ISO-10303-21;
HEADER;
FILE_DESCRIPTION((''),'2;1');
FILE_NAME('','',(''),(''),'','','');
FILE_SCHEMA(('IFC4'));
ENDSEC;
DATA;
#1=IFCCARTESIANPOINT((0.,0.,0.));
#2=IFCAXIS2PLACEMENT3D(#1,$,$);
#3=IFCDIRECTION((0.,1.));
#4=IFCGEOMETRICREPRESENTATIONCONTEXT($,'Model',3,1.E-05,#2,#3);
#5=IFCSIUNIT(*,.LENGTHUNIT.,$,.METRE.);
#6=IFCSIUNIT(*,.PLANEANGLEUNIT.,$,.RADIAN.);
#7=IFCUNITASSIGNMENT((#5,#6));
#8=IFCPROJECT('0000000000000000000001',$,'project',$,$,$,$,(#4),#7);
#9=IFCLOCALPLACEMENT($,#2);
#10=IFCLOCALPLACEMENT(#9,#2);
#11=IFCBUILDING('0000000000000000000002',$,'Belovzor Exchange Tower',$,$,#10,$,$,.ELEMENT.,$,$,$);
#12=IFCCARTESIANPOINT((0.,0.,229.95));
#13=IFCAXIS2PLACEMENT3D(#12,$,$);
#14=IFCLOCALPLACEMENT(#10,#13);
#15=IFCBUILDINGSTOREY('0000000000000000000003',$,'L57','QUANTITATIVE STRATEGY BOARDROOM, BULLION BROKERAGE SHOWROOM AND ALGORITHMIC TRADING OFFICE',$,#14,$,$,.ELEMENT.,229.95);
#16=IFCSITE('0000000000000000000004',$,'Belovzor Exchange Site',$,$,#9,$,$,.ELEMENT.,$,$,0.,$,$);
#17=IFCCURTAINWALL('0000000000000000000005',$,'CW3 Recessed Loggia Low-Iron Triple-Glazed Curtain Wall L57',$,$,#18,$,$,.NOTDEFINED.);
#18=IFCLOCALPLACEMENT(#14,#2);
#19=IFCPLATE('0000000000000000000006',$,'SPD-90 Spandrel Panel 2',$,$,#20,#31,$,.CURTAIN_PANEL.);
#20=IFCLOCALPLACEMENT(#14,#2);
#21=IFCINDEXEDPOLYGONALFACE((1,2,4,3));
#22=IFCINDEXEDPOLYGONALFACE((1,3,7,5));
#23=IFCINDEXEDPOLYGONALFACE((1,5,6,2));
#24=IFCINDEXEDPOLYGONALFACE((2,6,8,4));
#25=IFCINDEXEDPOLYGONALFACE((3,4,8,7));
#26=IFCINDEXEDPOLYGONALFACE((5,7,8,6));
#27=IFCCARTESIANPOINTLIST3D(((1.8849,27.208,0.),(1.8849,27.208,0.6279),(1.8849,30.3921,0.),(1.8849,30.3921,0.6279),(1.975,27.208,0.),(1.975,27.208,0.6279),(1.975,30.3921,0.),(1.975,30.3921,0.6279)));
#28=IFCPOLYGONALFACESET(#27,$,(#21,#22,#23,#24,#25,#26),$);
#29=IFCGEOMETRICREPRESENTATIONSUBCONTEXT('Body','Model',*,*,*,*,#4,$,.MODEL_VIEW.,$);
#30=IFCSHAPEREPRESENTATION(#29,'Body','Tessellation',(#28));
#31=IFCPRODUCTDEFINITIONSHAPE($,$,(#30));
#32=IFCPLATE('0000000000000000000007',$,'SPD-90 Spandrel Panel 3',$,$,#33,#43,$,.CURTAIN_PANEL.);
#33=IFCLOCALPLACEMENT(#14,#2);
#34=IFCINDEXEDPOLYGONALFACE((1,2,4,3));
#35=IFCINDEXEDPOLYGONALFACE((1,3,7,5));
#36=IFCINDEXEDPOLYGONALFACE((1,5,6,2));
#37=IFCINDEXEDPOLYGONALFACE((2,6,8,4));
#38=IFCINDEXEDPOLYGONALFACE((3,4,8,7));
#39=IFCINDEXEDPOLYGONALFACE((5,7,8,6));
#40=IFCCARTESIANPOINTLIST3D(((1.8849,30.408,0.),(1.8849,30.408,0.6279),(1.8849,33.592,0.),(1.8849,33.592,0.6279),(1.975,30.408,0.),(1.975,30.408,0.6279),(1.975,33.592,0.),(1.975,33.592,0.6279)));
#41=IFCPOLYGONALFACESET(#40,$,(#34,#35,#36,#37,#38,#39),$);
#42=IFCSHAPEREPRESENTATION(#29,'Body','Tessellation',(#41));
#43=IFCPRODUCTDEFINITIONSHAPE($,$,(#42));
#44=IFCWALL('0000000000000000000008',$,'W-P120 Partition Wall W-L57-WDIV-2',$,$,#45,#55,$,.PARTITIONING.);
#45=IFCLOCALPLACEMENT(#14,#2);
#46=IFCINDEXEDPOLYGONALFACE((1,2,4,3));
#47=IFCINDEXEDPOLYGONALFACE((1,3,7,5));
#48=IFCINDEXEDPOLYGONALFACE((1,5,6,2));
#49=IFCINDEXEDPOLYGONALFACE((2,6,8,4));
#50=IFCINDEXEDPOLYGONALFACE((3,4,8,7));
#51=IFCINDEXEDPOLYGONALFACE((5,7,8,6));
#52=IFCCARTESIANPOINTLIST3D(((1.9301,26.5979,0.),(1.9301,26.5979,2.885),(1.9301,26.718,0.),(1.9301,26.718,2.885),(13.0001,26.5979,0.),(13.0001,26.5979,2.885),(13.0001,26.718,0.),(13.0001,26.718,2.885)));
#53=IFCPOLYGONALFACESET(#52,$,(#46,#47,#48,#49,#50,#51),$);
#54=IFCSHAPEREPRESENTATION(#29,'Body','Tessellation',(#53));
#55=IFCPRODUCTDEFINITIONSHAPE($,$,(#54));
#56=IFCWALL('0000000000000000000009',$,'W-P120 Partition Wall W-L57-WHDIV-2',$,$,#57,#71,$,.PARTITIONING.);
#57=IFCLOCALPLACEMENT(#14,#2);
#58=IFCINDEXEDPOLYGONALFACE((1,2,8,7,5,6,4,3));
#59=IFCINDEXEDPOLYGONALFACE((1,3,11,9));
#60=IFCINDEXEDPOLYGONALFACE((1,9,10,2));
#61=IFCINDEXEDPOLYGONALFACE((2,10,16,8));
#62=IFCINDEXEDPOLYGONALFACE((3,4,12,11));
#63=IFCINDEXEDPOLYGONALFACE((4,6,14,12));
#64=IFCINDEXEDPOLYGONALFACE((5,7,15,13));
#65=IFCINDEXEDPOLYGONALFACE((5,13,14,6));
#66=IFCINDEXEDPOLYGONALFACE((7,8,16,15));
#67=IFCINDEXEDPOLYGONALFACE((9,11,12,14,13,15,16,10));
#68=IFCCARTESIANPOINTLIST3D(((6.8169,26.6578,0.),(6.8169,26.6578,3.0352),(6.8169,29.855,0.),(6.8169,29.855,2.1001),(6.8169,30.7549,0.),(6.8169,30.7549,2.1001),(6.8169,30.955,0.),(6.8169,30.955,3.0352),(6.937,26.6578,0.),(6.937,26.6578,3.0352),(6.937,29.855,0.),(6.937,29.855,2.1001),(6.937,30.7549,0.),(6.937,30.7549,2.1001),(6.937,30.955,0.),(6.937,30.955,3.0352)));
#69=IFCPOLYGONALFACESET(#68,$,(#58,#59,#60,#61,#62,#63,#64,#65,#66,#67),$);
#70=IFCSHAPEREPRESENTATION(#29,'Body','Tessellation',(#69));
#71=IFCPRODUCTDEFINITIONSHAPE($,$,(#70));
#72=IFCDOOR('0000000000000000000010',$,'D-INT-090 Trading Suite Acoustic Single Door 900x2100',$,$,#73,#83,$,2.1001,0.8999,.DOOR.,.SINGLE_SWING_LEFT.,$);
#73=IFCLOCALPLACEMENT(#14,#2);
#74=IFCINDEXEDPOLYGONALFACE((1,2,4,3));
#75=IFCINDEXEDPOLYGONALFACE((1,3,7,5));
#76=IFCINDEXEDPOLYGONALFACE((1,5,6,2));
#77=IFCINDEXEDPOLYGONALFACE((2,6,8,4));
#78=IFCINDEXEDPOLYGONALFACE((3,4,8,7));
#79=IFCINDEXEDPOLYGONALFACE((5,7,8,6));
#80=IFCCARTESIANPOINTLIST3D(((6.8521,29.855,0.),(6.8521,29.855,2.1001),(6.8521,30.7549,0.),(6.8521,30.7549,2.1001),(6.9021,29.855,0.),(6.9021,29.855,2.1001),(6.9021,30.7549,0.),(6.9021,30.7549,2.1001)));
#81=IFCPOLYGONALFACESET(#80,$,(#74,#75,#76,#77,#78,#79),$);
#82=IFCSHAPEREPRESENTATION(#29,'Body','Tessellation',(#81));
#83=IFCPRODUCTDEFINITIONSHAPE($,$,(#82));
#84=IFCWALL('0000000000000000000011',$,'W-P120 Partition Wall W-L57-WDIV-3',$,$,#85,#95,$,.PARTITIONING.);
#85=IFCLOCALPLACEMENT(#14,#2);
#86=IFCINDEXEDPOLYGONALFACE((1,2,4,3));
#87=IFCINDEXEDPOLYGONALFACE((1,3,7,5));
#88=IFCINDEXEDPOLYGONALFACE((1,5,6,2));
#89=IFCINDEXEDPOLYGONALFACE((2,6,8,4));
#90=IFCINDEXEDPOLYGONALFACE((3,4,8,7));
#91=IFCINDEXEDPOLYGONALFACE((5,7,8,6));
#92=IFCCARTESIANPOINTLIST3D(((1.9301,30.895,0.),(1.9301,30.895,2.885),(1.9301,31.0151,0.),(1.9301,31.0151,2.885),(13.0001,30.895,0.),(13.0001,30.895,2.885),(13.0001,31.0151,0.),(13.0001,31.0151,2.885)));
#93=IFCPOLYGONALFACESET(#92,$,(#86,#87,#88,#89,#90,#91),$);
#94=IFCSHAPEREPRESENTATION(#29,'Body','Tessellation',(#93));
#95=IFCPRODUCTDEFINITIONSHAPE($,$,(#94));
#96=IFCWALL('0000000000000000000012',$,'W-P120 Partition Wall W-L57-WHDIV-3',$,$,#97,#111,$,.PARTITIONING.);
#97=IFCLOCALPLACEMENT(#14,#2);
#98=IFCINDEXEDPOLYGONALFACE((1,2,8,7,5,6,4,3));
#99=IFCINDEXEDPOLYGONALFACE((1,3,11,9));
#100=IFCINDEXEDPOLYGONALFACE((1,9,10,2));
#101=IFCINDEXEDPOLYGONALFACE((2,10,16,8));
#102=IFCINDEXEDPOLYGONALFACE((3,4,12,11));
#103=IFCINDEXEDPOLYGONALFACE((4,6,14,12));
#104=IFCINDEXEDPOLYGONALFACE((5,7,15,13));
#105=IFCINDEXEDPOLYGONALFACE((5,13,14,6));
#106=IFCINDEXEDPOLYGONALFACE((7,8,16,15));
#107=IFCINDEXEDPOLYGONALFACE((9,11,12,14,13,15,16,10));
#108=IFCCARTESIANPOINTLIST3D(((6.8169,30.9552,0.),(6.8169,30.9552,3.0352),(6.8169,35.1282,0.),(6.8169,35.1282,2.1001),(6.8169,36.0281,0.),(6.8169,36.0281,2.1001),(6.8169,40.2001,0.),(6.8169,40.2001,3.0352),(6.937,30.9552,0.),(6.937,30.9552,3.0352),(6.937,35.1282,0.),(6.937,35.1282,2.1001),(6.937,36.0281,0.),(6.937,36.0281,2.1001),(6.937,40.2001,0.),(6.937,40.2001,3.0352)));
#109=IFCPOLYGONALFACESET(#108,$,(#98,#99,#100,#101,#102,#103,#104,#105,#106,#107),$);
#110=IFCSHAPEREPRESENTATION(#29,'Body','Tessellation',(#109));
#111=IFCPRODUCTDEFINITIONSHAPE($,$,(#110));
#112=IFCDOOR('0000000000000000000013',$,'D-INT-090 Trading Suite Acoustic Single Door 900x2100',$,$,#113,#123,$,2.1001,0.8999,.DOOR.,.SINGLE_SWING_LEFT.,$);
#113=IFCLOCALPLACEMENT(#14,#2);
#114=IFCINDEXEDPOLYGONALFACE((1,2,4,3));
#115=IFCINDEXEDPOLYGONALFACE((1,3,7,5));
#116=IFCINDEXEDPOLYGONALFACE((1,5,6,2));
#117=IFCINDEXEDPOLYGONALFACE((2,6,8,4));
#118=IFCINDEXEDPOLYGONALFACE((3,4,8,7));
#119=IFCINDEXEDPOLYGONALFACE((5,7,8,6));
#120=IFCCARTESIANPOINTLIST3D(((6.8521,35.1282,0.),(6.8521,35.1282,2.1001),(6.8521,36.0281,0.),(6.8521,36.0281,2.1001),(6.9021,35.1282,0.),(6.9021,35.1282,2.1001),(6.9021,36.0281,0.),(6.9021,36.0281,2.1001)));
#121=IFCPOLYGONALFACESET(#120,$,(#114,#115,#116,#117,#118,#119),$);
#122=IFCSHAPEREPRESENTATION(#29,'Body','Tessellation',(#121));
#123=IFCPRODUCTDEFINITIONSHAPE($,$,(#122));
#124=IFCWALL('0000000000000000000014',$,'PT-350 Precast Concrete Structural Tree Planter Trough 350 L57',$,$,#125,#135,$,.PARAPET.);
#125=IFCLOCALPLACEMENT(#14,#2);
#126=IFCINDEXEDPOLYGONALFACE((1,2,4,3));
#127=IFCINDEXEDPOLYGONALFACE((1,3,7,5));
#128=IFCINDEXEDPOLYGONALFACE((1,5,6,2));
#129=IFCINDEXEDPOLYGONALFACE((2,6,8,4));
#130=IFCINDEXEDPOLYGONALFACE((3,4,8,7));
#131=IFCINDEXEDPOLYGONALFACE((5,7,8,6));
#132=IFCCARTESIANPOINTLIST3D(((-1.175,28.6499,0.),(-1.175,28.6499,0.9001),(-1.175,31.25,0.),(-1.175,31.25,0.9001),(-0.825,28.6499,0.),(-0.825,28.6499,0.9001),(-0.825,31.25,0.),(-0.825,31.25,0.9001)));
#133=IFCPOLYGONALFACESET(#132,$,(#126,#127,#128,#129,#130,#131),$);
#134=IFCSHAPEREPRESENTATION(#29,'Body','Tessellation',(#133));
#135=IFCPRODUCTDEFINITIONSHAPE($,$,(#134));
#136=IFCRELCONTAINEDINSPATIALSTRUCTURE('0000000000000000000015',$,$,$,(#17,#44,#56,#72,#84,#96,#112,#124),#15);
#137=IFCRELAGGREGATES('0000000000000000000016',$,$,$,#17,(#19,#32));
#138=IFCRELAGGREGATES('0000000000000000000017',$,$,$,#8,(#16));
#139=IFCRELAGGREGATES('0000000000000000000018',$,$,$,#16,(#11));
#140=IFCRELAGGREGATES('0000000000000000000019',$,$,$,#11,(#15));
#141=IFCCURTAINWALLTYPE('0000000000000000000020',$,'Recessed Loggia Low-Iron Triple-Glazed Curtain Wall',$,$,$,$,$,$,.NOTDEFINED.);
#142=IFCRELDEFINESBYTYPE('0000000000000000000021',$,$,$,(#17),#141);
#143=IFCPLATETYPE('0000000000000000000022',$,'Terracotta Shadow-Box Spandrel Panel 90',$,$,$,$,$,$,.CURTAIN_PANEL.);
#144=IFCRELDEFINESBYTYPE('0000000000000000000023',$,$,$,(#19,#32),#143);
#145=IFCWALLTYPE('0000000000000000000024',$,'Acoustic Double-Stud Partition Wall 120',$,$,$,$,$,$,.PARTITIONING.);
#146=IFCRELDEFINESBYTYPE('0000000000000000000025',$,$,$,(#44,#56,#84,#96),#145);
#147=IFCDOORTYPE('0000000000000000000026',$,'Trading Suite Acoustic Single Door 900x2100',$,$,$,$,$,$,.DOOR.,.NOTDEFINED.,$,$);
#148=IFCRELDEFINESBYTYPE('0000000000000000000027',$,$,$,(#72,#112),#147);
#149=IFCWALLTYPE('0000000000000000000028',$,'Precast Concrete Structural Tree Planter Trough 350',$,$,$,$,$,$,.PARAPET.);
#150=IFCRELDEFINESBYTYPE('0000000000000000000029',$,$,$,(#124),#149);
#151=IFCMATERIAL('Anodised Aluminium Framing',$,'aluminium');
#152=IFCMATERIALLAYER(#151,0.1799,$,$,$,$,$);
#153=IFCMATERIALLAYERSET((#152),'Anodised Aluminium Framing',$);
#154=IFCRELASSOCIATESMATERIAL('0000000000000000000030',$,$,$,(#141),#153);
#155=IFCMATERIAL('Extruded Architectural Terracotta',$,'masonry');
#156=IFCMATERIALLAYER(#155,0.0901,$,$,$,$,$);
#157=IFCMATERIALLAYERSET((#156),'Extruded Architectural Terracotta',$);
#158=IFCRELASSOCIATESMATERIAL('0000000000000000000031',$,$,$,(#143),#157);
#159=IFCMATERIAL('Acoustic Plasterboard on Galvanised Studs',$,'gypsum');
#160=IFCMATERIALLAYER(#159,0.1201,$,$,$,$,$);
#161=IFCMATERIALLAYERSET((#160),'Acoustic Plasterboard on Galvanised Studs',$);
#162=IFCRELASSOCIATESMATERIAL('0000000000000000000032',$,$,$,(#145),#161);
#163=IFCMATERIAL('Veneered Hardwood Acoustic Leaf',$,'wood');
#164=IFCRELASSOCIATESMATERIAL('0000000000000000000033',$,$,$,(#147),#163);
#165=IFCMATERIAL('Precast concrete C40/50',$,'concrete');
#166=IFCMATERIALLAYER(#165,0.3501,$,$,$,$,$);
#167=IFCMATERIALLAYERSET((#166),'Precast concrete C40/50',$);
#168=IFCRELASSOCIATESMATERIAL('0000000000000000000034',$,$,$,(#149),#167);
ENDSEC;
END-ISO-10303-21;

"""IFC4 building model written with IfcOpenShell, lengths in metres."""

from ifc_helpers import new_model, si_unit, direction, frame, frame_2d, origin, origin_2d, place, context, subcontext, project, spatial, rectangle, extrude, material, layer, layer_set, type_object, element, fill, aggregate, save


model = new_model("IFC4")

# Units and contexts
model_context = context("Model", 3, precision=1e-05, world=origin(), true_north=direction((0.0, 1.0)))
body_context = subcontext(model_context, "Body", "Model", "MODEL_VIEW")
ifc_project = project(units=[si_unit("LENGTHUNIT", "METRE"), si_unit("PLANEANGLEUNIT", "RADIAN")], contexts=[model_context])

# Site, building, storey
site_placement = place(None, origin())
site = spatial("IfcSite", under=ifc_project, at=site_placement, Name="Belovzor Exchange Site", CompositionType="ELEMENT", RefElevation=0.0)
building_placement = place(site_placement, origin())
building = spatial("IfcBuilding", under=site, at=building_placement, Name="Belovzor Exchange Tower", CompositionType="ELEMENT")
storey_placement = place(building_placement, frame((0.0, 0.0, 229.95)))
storey = spatial("IfcBuildingStorey", under=building, at=storey_placement, Name="L57", Description="QUANTITATIVE STRATEGY BOARDROOM, BULLION BROKERAGE SHOWROOM AND ALGORITHMIC TRADING OFFICE", CompositionType="ELEMENT", Elevation=229.95)

# Curtain wall
ifc_material_1 = material(Name="Anodised Aluminium Framing", Category="aluminium")
ifc_layer_1 = layer(ifc_material_1, 0.1799)
ifc_layer_set_1 = layer_set([ifc_layer_1], Name="Anodised Aluminium Framing")
curtain_wall_type = type_object("IfcCurtainWallType", Name="Recessed Loggia Low-Iron Triple-Glazed Curtain Wall", PredefinedType="NOTDEFINED", material=ifc_layer_set_1)
curtain_wall_placement = place(storey_placement, origin())
curtain_wall = element("IfcCurtainWall", 1, at=curtain_wall_placement, inside=storey, type_object=curtain_wall_type, Name="CW3 Recessed Loggia Low-Iron Triple-Glazed Curtain Wall L57", PredefinedType="NOTDEFINED")

# Plates
ifc_material_2 = material(Name="Extruded Architectural Terracotta", Category="masonry")
ifc_layer_2 = layer(ifc_material_2, 0.0901)
ifc_layer_set_2 = layer_set([ifc_layer_2], Name="Extruded Architectural Terracotta")
plate_type_1 = type_object("IfcPlateType", Name="Terracotta Shadow-Box Spandrel Panel 90", PredefinedType="CURTAIN_PANEL", material=ifc_layer_set_2)
plate_1_placement = place(storey_placement, frame((1.9299, 28.8, 0.0), z_axis=(0.0, 0.0, 1.0), x_axis=(0.0, 1.0, 0.0)))
plate_1 = element("IfcPlate", 2, at=plate_1_placement, type_object=plate_type_1, Name="SPD-90 Spandrel Panel 2", PredefinedType="CURTAIN_PANEL", context=body_context, shape_type="SweptSolid", body=[
    extrude(rectangle(XDim=3.1841, YDim=0.0901, at=origin_2d()), origin(), (0.0, 0.0, 1.0), 0.6279),
])
plate_2_placement = place(storey_placement, frame((1.9299, 32.0, 0.0), z_axis=(0.0, 0.0, 1.0), x_axis=(0.0, 1.0, 0.0)))
plate_2 = element("IfcPlate", 3, at=plate_2_placement, type_object=plate_type_1, Name="SPD-90 Spandrel Panel 3", PredefinedType="CURTAIN_PANEL", context=body_context, shape_type="SweptSolid", body=[
    extrude(rectangle(XDim=3.1841, YDim=0.0901, at=origin_2d()), origin(), (0.0, 0.0, 1.0), 0.6279),
])
aggregate(curtain_wall, [plate_1, plate_2])

# Wall
ifc_material_3 = material(Name="Acoustic Plasterboard on Galvanised Studs", Category="gypsum")
ifc_layer_3 = layer(ifc_material_3, 0.1201)
ifc_layer_set_3 = layer_set([ifc_layer_3], Name="Acoustic Plasterboard on Galvanised Studs")
wall_type_1 = type_object("IfcWallType", Name="Acoustic Double-Stud Partition Wall 120", PredefinedType="PARTITIONING", material=ifc_layer_set_3)
wall_1_placement = place(storey_placement, frame((1.9299, 26.658, 0.0), z_axis=(0.0, 0.0, 1.0), x_axis=(1.0, 0.0, 0.0)))
element("IfcWall", 4, at=wall_1_placement, inside=storey, type_object=wall_type_1, Name="W-P120 Partition Wall W-L57-WDIV-2", PredefinedType="PARTITIONING", context=body_context, shape_type="SweptSolid", body=[
    extrude(rectangle(XDim=11.0701, YDim=0.1201, at=frame_2d((5.5352, 0.0))), origin(), (0.0, 0.0, 1.0), 2.885),
])

# Wall, opening, door
wall_2_placement = place(storey_placement, frame((6.877, 26.658, 0.0), z_axis=(0.0, 0.0, 1.0), x_axis=(0.0, 1.0, 0.0)))
wall_2 = element("IfcWall", 5, at=wall_2_placement, inside=storey, type_object=wall_type_1, Name="W-P120 Partition Wall W-L57-WHDIV-2", PredefinedType="PARTITIONING", context=body_context, shape_type="SweptSolid", body=[
    extrude(rectangle(XDim=4.2971, YDim=0.1201, at=frame_2d((2.1484, 0.0))), origin(), (0.0, 0.0, 1.0), 3.0352),
])
opening_1_placement = place(wall_2_placement, frame((3.197, 0.0, 0.0)))
opening_1 = element("IfcOpeningElement", 6, at=opening_1_placement, cuts=wall_2, PredefinedType="OPENING", context=body_context, shape_type="SweptSolid", body=[
    extrude(rectangle(XDim=0.8999, YDim=2.1001, at=frame_2d((0.45, 1.05))), frame((0.0, 0.0701, 0.0), z_axis=(0.0, -1.0, 0.0), x_axis=(1.0, 0.0, 0.0)), (0.0, 0.0, 1.0), 0.1401),
])
ifc_material_4 = material(Name="Veneered Hardwood Acoustic Leaf", Category="wood")
door_type = type_object("IfcDoorType", Name="Trading Suite Acoustic Single Door 900x2100", OperationType="NOTDEFINED", PredefinedType="DOOR", material=ifc_material_4)
door_1_placement = place(opening_1_placement, origin())
door_1 = element("IfcDoor", 7, at=door_1_placement, inside=storey, type_object=door_type, Name="D-INT-090 Trading Suite Acoustic Single Door 900x2100", OperationType="SINGLE_SWING_LEFT", OverallHeight=2.1001, OverallWidth=0.8999, PredefinedType="DOOR", context=body_context, shape_type="SweptSolid", body=[
    extrude(rectangle(XDim=0.8999, YDim=2.1001, at=frame_2d((0.45, 1.05))), frame((0.0, 0.0249, 0.0), z_axis=(0.0, -1.0, 0.0), x_axis=(1.0, 0.0, 0.0)), (0.0, 0.0, 1.0), 0.05),
])
fill(opening_1, door_1)

# Wall
wall_3_placement = place(storey_placement, frame((1.9299, 30.9551, 0.0), z_axis=(0.0, 0.0, 1.0), x_axis=(1.0, 0.0, 0.0)))
element("IfcWall", 8, at=wall_3_placement, inside=storey, type_object=wall_type_1, Name="W-P120 Partition Wall W-L57-WDIV-3", PredefinedType="PARTITIONING", context=body_context, shape_type="SweptSolid", body=[
    extrude(rectangle(XDim=11.0701, YDim=0.1201, at=frame_2d((5.5352, 0.0))), origin(), (0.0, 0.0, 1.0), 2.885),
])

# Wall, opening, door
wall_4_placement = place(storey_placement, frame((6.877, 30.9551, 0.0), z_axis=(0.0, 0.0, 1.0), x_axis=(0.0, 1.0, 0.0)))
wall_4 = element("IfcWall", 9, at=wall_4_placement, inside=storey, type_object=wall_type_1, Name="W-P120 Partition Wall W-L57-WHDIV-3", PredefinedType="PARTITIONING", context=body_context, shape_type="SweptSolid", body=[
    extrude(rectangle(XDim=9.2449, YDim=0.1201, at=frame_2d((4.6226, 0.0))), origin(), (0.0, 0.0, 1.0), 3.0352),
])
opening_2_placement = place(wall_4_placement, frame((4.1731, 0.0, 0.0)))
opening_2 = element("IfcOpeningElement", 10, at=opening_2_placement, cuts=wall_4, PredefinedType="OPENING", context=body_context, shape_type="SweptSolid", body=[
    extrude(rectangle(XDim=0.8999, YDim=2.1001, at=frame_2d((0.45, 1.05))), frame((0.0, 0.0701, 0.0), z_axis=(0.0, -1.0, 0.0), x_axis=(1.0, 0.0, 0.0)), (0.0, 0.0, 1.0), 0.1401),
])
door_2_placement = place(opening_2_placement, origin())
door_2 = element("IfcDoor", 11, at=door_2_placement, inside=storey, type_object=door_type, Name="D-INT-090 Trading Suite Acoustic Single Door 900x2100", OperationType="SINGLE_SWING_LEFT", OverallHeight=2.1001, OverallWidth=0.8999, PredefinedType="DOOR", context=body_context, shape_type="SweptSolid", body=[
    extrude(rectangle(XDim=0.8999, YDim=2.1001, at=frame_2d((0.45, 1.05))), frame((0.0, 0.0249, 0.0), z_axis=(0.0, -1.0, 0.0), x_axis=(1.0, 0.0, 0.0)), (0.0, 0.0, 1.0), 0.05),
])
fill(opening_2, door_2)

# Wall
ifc_material_5 = material(Name="Precast concrete C40/50", Category="concrete")
ifc_layer_4 = layer(ifc_material_5, 0.3501)
ifc_layer_set_4 = layer_set([ifc_layer_4], Name="Precast concrete C40/50")
wall_type_2 = type_object("IfcWallType", Name="Precast Concrete Structural Tree Planter Trough 350", PredefinedType="PARAPET", material=ifc_layer_set_4)
wall_5_placement = place(storey_placement, frame((-1.0, 28.6499, 0.0), z_axis=(0.0, 0.0, 1.0), x_axis=(0.0, 1.0, 0.0)))
element("IfcWall", 12, at=wall_5_placement, inside=storey, type_object=wall_type_2, Name="PT-350 Precast Concrete Structural Tree Planter Trough 350 L57", PredefinedType="PARAPET", context=body_context, shape_type="SweptSolid", body=[
    extrude(rectangle(XDim=2.6001, YDim=0.3501, at=frame_2d((1.3, 0.0))), origin(), (0.0, 0.0, 1.0), 0.9001),
])

save(model, "model.ifc")
